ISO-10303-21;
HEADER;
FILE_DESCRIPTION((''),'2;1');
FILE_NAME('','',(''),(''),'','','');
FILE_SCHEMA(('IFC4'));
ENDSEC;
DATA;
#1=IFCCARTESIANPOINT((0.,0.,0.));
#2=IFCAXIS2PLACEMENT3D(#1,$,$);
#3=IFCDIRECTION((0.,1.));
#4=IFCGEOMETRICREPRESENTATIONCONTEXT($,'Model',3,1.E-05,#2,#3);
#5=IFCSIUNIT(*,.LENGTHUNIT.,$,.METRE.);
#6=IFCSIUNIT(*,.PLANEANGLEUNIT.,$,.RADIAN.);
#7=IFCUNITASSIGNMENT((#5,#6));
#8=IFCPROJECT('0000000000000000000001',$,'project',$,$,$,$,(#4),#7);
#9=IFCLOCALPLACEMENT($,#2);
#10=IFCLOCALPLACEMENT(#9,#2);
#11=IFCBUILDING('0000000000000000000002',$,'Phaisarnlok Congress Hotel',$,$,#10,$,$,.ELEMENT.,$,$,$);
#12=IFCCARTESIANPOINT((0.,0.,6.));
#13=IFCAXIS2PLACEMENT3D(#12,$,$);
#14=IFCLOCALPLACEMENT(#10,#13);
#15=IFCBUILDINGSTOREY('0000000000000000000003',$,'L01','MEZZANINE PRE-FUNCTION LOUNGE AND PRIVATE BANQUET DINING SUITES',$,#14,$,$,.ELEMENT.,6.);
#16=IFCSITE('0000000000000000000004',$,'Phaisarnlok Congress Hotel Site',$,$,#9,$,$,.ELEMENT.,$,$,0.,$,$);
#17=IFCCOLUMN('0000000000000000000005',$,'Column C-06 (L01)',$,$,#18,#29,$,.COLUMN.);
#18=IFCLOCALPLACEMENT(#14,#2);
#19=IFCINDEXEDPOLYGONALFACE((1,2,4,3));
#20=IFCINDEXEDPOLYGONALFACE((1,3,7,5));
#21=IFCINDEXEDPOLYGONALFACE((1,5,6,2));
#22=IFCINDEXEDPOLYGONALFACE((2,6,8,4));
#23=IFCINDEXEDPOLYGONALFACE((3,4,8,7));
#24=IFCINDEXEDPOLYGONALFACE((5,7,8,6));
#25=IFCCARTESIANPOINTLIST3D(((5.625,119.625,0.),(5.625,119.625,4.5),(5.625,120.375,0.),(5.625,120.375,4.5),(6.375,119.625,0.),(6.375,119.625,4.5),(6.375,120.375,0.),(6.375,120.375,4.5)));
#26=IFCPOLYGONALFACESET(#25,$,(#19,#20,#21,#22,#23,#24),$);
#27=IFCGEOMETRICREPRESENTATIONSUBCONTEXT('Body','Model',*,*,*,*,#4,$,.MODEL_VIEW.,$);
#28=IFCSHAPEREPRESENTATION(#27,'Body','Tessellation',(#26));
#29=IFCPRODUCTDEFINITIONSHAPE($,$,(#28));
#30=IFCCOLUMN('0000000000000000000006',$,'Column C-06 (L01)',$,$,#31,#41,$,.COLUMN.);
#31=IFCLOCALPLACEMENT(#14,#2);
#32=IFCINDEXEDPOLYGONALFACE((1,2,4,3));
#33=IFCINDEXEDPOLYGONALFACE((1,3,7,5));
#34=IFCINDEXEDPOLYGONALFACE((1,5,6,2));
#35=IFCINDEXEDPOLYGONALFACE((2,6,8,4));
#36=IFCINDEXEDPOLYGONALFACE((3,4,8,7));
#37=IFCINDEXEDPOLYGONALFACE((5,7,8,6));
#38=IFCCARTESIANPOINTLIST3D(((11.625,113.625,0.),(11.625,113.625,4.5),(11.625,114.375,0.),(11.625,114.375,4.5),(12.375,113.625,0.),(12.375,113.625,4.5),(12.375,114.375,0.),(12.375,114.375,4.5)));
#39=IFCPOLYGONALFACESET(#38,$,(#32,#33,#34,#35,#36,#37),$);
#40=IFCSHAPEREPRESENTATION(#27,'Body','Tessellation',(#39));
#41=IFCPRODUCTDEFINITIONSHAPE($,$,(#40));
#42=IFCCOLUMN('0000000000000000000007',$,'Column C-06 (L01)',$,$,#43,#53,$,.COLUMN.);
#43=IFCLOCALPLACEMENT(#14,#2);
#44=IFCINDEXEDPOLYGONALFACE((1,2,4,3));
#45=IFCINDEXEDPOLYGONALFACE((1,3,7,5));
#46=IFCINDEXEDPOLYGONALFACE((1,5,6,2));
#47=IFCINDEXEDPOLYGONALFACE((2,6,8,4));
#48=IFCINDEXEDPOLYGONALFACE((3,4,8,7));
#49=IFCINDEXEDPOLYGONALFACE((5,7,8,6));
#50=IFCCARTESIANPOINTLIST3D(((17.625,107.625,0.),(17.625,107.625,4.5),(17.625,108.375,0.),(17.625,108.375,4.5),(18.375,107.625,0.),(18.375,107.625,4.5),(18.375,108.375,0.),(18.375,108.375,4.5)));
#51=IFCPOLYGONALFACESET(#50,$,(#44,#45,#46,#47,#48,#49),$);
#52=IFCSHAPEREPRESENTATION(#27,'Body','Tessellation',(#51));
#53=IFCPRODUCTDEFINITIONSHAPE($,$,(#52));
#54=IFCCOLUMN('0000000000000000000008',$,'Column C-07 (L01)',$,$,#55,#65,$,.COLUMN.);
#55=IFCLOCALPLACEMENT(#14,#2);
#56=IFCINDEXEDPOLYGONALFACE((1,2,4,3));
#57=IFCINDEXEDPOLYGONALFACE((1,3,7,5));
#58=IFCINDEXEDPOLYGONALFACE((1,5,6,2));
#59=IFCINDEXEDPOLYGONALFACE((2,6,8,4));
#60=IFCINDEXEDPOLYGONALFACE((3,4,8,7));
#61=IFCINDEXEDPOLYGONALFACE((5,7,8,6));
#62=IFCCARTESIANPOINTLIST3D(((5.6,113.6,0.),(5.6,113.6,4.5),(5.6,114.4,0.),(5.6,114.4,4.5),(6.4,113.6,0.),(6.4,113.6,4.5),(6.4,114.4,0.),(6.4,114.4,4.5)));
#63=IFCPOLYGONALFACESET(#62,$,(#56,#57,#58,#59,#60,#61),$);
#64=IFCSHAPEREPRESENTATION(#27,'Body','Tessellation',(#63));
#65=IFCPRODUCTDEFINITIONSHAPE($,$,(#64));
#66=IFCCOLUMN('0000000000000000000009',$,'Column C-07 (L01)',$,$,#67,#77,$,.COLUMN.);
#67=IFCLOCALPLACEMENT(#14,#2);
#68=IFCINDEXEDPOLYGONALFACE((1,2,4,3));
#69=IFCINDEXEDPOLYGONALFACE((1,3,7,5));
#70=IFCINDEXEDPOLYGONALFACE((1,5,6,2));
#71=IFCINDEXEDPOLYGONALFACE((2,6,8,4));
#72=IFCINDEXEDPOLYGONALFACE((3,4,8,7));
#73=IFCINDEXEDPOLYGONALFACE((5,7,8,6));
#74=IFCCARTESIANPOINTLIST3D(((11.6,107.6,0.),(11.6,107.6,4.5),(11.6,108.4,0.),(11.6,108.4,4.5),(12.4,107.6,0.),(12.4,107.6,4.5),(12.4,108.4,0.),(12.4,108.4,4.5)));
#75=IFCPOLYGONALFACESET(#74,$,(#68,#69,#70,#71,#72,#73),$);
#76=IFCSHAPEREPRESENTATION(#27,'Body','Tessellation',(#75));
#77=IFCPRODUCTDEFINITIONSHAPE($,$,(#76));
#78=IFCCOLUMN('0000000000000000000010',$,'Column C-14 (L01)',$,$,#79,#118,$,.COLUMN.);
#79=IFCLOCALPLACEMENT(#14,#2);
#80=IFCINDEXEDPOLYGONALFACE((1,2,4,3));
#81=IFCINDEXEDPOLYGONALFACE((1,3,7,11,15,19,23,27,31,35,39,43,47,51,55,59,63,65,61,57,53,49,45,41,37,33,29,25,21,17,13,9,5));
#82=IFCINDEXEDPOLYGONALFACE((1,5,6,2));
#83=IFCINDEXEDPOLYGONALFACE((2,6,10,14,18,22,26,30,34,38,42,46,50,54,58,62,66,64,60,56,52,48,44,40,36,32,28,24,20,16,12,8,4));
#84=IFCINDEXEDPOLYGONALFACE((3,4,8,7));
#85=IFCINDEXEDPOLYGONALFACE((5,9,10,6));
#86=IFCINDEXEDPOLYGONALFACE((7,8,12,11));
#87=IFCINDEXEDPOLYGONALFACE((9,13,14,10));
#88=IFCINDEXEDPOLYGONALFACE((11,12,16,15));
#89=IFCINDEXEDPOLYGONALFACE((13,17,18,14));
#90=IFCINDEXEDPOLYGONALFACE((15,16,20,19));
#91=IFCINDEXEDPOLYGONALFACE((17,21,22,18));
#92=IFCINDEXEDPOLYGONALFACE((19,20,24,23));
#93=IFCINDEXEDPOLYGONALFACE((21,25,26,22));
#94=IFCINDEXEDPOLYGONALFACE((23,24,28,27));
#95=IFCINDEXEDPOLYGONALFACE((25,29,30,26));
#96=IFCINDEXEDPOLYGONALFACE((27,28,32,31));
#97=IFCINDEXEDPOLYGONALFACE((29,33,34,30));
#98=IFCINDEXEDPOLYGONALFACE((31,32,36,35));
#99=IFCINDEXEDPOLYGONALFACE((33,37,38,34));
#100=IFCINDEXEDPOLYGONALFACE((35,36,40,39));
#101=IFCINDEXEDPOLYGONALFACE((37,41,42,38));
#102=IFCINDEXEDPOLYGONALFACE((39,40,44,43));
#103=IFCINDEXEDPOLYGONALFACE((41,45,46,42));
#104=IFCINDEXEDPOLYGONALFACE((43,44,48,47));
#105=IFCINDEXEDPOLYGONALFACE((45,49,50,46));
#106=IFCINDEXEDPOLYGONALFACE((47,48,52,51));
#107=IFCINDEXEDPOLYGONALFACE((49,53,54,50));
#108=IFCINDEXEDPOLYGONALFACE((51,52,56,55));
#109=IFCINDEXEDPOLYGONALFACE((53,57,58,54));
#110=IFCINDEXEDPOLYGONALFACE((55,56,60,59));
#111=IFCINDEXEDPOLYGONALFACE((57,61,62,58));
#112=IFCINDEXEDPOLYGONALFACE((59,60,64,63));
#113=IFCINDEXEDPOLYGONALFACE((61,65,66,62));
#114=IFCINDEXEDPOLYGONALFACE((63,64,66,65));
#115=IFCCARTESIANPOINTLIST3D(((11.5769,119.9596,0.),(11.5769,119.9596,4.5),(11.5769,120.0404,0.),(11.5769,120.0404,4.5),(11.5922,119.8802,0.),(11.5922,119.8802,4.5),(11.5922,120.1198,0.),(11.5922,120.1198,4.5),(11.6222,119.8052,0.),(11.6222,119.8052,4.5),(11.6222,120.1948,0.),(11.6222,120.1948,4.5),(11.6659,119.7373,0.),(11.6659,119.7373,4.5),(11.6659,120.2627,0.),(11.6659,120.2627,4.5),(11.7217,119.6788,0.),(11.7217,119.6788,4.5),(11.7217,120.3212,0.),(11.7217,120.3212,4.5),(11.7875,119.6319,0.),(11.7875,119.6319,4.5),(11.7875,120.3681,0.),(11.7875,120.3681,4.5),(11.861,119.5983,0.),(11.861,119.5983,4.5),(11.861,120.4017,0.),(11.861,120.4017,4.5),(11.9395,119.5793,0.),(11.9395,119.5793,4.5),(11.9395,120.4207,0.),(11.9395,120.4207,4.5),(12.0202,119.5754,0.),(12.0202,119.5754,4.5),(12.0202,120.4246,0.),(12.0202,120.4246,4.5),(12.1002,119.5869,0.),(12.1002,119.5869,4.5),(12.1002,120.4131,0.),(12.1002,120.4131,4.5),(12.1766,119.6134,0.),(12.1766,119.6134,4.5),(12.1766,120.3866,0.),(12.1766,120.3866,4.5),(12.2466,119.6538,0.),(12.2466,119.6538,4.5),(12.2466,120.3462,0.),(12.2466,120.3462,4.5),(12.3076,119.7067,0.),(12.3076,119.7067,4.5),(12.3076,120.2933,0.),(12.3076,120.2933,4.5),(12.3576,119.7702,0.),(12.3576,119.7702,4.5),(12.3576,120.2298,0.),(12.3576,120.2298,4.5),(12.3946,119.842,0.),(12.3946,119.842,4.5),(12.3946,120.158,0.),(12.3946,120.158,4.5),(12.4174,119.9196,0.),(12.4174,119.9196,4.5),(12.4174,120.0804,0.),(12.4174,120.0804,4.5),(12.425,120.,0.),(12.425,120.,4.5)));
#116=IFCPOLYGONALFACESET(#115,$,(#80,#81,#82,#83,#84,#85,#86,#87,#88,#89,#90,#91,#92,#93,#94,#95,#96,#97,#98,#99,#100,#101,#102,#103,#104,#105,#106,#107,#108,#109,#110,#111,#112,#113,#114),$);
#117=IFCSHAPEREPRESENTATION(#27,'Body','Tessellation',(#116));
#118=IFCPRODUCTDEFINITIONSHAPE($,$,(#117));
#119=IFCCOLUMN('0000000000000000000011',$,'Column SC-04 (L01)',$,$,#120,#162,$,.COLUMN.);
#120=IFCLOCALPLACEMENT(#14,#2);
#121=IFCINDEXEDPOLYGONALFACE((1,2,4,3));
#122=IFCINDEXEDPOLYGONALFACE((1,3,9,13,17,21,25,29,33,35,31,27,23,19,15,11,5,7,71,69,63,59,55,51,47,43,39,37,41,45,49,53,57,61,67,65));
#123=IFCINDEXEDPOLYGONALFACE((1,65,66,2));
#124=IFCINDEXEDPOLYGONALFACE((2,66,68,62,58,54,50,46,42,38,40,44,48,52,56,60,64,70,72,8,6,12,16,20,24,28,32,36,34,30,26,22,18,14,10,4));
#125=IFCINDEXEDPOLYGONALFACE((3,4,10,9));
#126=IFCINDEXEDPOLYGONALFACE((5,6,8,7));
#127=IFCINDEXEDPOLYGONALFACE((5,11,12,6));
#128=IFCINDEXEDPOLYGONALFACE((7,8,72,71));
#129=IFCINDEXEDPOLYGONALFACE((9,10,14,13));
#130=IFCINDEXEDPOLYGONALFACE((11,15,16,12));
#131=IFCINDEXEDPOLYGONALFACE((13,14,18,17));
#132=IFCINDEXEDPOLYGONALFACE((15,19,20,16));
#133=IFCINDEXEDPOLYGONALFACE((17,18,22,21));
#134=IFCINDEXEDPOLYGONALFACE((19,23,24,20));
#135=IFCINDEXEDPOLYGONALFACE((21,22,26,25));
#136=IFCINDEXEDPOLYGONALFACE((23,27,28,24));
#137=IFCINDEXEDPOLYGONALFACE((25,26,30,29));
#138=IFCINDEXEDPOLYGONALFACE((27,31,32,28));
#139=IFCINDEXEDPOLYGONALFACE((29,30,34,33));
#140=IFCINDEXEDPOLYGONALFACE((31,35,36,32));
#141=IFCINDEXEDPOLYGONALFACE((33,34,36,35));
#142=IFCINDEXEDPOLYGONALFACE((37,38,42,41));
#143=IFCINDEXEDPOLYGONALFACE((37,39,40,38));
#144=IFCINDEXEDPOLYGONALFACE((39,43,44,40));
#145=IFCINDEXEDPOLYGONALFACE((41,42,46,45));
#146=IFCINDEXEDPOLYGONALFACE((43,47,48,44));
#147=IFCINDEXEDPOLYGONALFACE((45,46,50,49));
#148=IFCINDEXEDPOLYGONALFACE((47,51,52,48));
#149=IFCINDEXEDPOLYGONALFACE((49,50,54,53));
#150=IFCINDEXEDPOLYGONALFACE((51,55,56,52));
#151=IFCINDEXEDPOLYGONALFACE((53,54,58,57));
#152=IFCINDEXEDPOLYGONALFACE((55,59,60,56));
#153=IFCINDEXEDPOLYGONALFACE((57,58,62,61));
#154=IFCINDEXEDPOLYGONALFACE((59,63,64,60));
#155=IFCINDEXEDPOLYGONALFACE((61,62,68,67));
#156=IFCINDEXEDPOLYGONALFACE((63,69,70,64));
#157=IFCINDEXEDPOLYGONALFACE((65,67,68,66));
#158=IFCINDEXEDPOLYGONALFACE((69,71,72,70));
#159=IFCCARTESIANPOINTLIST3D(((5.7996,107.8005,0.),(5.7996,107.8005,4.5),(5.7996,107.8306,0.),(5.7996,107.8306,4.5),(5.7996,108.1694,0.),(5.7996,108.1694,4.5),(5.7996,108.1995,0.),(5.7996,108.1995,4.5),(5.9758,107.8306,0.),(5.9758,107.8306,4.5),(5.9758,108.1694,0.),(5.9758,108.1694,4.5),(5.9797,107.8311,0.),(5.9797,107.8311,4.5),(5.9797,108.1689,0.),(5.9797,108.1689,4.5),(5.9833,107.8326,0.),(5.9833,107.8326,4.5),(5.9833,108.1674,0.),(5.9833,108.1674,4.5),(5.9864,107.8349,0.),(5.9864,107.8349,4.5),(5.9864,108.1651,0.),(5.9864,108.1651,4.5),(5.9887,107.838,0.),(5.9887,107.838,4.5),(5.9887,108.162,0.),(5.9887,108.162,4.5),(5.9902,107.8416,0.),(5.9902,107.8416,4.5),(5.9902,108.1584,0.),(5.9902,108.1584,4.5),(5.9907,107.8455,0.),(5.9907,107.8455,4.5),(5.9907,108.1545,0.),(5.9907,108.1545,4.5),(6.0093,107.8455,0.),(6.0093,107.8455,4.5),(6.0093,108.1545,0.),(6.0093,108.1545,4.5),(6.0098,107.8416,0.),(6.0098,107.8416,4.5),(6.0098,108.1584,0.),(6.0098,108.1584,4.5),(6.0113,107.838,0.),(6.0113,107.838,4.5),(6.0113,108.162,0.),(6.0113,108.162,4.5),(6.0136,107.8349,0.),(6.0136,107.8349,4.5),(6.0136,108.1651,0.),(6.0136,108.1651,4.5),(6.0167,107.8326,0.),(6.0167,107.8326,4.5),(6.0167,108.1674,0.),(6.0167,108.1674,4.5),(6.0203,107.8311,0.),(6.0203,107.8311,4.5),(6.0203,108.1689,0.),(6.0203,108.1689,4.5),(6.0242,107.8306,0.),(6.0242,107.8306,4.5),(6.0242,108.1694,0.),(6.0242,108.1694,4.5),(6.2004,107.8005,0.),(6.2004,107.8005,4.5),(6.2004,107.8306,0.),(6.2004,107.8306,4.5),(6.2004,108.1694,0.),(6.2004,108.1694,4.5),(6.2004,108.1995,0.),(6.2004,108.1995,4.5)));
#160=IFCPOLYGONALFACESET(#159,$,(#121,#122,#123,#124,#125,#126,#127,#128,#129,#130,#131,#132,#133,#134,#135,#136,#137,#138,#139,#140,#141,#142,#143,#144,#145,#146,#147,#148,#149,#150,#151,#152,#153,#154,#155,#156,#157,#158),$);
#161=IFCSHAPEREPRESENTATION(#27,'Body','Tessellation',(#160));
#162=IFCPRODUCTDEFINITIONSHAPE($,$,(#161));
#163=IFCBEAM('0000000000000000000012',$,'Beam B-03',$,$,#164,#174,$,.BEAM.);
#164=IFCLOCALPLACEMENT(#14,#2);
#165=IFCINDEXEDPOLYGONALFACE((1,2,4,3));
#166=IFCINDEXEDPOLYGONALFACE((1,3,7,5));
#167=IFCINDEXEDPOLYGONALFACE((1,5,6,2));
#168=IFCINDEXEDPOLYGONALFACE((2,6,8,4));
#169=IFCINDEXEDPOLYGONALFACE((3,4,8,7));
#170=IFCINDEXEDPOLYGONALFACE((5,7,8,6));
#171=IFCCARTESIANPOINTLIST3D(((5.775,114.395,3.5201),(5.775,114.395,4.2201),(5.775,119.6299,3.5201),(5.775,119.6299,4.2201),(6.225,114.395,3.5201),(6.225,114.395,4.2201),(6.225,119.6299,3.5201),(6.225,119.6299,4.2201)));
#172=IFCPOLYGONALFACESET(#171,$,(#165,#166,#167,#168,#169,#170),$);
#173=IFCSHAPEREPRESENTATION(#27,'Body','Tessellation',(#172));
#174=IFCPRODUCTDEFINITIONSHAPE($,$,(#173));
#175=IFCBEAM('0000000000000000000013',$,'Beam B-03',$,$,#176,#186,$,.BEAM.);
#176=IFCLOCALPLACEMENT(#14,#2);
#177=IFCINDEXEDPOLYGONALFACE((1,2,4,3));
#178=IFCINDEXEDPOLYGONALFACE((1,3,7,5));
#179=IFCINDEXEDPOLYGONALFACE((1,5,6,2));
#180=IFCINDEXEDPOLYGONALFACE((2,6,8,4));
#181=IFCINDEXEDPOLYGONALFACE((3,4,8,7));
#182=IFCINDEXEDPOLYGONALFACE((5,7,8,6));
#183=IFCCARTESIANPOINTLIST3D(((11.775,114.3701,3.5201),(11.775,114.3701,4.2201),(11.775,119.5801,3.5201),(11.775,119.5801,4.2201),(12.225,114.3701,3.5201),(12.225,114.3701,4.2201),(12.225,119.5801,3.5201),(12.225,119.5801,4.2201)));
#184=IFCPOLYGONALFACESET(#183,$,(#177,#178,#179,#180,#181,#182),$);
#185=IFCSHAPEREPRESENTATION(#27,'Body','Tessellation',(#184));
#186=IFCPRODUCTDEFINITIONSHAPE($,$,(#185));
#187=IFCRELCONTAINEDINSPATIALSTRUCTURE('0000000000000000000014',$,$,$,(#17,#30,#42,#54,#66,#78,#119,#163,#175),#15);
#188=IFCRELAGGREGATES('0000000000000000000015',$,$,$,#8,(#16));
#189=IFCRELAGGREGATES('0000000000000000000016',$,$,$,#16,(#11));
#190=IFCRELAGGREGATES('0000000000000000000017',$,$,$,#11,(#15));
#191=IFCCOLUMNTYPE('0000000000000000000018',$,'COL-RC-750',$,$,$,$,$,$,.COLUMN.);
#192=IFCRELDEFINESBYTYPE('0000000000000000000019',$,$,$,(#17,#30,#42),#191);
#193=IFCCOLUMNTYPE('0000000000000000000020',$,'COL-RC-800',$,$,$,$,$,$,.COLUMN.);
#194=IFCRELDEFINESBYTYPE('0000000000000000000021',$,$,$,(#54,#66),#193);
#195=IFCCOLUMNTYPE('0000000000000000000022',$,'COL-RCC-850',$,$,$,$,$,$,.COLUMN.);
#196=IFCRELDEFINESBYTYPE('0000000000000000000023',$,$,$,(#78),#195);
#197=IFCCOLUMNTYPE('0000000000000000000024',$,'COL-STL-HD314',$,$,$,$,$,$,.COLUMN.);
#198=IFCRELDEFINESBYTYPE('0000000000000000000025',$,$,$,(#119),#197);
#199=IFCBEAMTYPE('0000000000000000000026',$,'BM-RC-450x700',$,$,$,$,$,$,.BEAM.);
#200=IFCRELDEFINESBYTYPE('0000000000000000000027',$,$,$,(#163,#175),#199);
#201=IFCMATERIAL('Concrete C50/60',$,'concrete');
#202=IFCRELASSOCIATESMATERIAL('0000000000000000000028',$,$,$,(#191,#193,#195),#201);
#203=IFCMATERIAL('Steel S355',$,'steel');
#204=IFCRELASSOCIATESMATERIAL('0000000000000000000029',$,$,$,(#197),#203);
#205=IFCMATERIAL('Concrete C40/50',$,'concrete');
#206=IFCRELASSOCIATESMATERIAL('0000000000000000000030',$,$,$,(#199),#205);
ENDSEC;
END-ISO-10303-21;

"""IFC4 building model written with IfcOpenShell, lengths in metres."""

from ifc_helpers import new_model, si_unit, direction, frame, origin, origin_2d, place, context, subcontext, project, spatial, rectangle, circle, i_section, extrude, material, material_profile, profile_set, type_object, element, save


model = new_model("IFC4")

# Units and contexts
model_context = context("Model", 3, precision=1e-05, world=origin(), true_north=direction((0.0, 1.0)))
body_context = subcontext(model_context, "Body", "Model", "MODEL_VIEW")
ifc_project = project(units=[si_unit("LENGTHUNIT", "METRE"), si_unit("PLANEANGLEUNIT", "RADIAN")], contexts=[model_context])

# Site, building, storey
site_placement = place(None, origin())
site = spatial("IfcSite", under=ifc_project, at=site_placement, Name="Phaisarnlok Congress Hotel Site", CompositionType="ELEMENT", RefElevation=0.0)
building_placement = place(site_placement, origin())
building = spatial("IfcBuilding", under=site, at=building_placement, Name="Phaisarnlok Congress Hotel", CompositionType="ELEMENT")
storey_placement = place(building_placement, frame((0.0, 0.0, 6.0)))
storey = spatial("IfcBuildingStorey", under=building, at=storey_placement, Name="L01", Description="MEZZANINE PRE-FUNCTION LOUNGE AND PRIVATE BANQUET DINING SUITES", CompositionType="ELEMENT", Elevation=6.0)

# Columns
ifc_material_1 = material(Name="Concrete C50/60", Category="concrete")
ifc_material_profile_1 = material_profile(ifc_material_1, rectangle(XDim=0.75, YDim=0.75, at=origin_2d()), Name="RC 750x750")
ifc_profile_set_1 = profile_set([ifc_material_profile_1], Name="Concrete C50/60")
column_type_1 = type_object("IfcColumnType", Name="COL-RC-750", PredefinedType="COLUMN", material=ifc_profile_set_1)
for number, where, z_axis, x_axis, name in (
    (1, (6.0, 120.0, 0.0), (0.0, 0.0, 1.0), (1.0, 0.0, 0.0), "Column C-06 (L01)"),
    (2, (12.0, 114.0, 0.0), (0.0, 0.0, 1.0), (1.0, 0.0, 0.0), "Column C-06 (L01)"),
    (3, (18.0, 108.0, 0.0), (0.0, 0.0, 1.0), (1.0, 0.0, 0.0), "Column C-06 (L01)"),
):
    element("IfcColumn", number, at=place(storey_placement, frame(where, z_axis=z_axis, x_axis=x_axis)), inside=storey, type_object=column_type_1, Name=name, PredefinedType="COLUMN", context=body_context, shape_type="SweptSolid", body=[
        extrude(rectangle(XDim=0.75, YDim=0.75, at=origin_2d()), origin(), (0.0, 0.0, 1.0), 4.5),
    ])
ifc_material_profile_2 = material_profile(ifc_material_1, rectangle(XDim=0.8, YDim=0.8, at=origin_2d()), Name="RC 800x800")
ifc_profile_set_2 = profile_set([ifc_material_profile_2], Name="Concrete C50/60")
column_type_2 = type_object("IfcColumnType", Name="COL-RC-800", PredefinedType="COLUMN", material=ifc_profile_set_2)
for number, where, z_axis, x_axis, name in (
    (4, (6.0, 114.0, 0.0), (0.0, 0.0, 1.0), (1.0, 0.0, 0.0), "Column C-07 (L01)"),
    (5, (12.0, 108.0, 0.0), (0.0, 0.0, 1.0), (1.0, 0.0, 0.0), "Column C-07 (L01)"),
):
    element("IfcColumn", number, at=place(storey_placement, frame(where, z_axis=z_axis, x_axis=x_axis)), inside=storey, type_object=column_type_2, Name=name, PredefinedType="COLUMN", context=body_context, shape_type="SweptSolid", body=[
        extrude(rectangle(XDim=0.8, YDim=0.8, at=origin_2d()), origin(), (0.0, 0.0, 1.0), 4.5),
    ])
ifc_material_profile_3 = material_profile(ifc_material_1, circle(Radius=0.425, at=origin_2d()), Name="RCC D850")
ifc_profile_set_3 = profile_set([ifc_material_profile_3], Name="Concrete C50/60")
column_type_3 = type_object("IfcColumnType", Name="COL-RCC-850", PredefinedType="COLUMN", material=ifc_profile_set_3)
column_1_placement = place(storey_placement, frame((12.0, 120.0, 0.0), z_axis=(0.0, 0.0, 1.0), x_axis=(1.0, 0.0, 0.0)))
element("IfcColumn", 6, at=column_1_placement, inside=storey, type_object=column_type_3, Name="Column C-14 (L01)", PredefinedType="COLUMN", context=body_context, shape_type="SweptSolid", body=[
    extrude(circle(Radius=0.425, at=origin_2d()), origin(), (0.0, 0.0, 1.0), 4.5),
])
ifc_material_2 = material(Name="Steel S355", Category="steel")
ifc_material_profile_4 = material_profile(ifc_material_2, i_section(OverallWidth=0.4009, OverallDepth=0.3989, WebThickness=0.0186, FlangeThickness=0.03, FilletRadius=0.0149, at=origin_2d()), Name="HD 400x314")
ifc_profile_set_4 = profile_set([ifc_material_profile_4], Name="Steel S355")
column_type_4 = type_object("IfcColumnType", Name="COL-STL-HD314", PredefinedType="COLUMN", material=ifc_profile_set_4)
column_2_placement = place(storey_placement, frame((6.0, 108.0, 0.0), z_axis=(0.0, 0.0, 1.0), x_axis=(1.0, 0.0, 0.0)))
element("IfcColumn", 7, at=column_2_placement, inside=storey, type_object=column_type_4, Name="Column SC-04 (L01)", PredefinedType="COLUMN", context=body_context, shape_type="SweptSolid", body=[
    extrude(i_section(OverallWidth=0.4009, OverallDepth=0.3989, WebThickness=0.0186, FlangeThickness=0.03, FilletRadius=0.0149, at=origin_2d()), origin(), (0.0, 0.0, 1.0), 4.5),
])

# Beams
ifc_material_3 = material(Name="Concrete C40/50", Category="concrete")
ifc_material_profile_5 = material_profile(ifc_material_3, rectangle(XDim=0.45, YDim=0.7, at=origin_2d()), Name="RC 450x700")
ifc_profile_set_5 = profile_set([ifc_material_profile_5], Name="Concrete C40/50")
beam_type_1 = type_object("IfcBeamType", Name="BM-RC-450x700", PredefinedType="BEAM", material=ifc_profile_set_5)
beam_1_placement = place(storey_placement, frame((6.0, 114.395, 3.8701), z_axis=(0.0, 1.0, 0.0), x_axis=(-1.0, 0.0, 0.0)))
element("IfcBeam", 8, at=beam_1_placement, inside=storey, type_object=beam_type_1, Name="Beam B-03", PredefinedType="BEAM", context=body_context, shape_type="SweptSolid", body=[
    extrude(rectangle(XDim=0.45, YDim=0.7, at=origin_2d()), origin(), (0.0, 0.0, 1.0), 5.2349),
])
beam_2_placement = place(storey_placement, frame((12.0, 114.3701, 3.8701), z_axis=(0.0, 1.0, 0.0), x_axis=(-1.0, 0.0, 0.0)))
element("IfcBeam", 9, at=beam_2_placement, inside=storey, type_object=beam_type_1, Name="Beam B-03", PredefinedType="BEAM", context=body_context, shape_type="SweptSolid", body=[
    extrude(rectangle(XDim=0.45, YDim=0.7, at=origin_2d()), origin(), (0.0, 0.0, 1.0), 5.21),
])

save(model, "model.ifc")
